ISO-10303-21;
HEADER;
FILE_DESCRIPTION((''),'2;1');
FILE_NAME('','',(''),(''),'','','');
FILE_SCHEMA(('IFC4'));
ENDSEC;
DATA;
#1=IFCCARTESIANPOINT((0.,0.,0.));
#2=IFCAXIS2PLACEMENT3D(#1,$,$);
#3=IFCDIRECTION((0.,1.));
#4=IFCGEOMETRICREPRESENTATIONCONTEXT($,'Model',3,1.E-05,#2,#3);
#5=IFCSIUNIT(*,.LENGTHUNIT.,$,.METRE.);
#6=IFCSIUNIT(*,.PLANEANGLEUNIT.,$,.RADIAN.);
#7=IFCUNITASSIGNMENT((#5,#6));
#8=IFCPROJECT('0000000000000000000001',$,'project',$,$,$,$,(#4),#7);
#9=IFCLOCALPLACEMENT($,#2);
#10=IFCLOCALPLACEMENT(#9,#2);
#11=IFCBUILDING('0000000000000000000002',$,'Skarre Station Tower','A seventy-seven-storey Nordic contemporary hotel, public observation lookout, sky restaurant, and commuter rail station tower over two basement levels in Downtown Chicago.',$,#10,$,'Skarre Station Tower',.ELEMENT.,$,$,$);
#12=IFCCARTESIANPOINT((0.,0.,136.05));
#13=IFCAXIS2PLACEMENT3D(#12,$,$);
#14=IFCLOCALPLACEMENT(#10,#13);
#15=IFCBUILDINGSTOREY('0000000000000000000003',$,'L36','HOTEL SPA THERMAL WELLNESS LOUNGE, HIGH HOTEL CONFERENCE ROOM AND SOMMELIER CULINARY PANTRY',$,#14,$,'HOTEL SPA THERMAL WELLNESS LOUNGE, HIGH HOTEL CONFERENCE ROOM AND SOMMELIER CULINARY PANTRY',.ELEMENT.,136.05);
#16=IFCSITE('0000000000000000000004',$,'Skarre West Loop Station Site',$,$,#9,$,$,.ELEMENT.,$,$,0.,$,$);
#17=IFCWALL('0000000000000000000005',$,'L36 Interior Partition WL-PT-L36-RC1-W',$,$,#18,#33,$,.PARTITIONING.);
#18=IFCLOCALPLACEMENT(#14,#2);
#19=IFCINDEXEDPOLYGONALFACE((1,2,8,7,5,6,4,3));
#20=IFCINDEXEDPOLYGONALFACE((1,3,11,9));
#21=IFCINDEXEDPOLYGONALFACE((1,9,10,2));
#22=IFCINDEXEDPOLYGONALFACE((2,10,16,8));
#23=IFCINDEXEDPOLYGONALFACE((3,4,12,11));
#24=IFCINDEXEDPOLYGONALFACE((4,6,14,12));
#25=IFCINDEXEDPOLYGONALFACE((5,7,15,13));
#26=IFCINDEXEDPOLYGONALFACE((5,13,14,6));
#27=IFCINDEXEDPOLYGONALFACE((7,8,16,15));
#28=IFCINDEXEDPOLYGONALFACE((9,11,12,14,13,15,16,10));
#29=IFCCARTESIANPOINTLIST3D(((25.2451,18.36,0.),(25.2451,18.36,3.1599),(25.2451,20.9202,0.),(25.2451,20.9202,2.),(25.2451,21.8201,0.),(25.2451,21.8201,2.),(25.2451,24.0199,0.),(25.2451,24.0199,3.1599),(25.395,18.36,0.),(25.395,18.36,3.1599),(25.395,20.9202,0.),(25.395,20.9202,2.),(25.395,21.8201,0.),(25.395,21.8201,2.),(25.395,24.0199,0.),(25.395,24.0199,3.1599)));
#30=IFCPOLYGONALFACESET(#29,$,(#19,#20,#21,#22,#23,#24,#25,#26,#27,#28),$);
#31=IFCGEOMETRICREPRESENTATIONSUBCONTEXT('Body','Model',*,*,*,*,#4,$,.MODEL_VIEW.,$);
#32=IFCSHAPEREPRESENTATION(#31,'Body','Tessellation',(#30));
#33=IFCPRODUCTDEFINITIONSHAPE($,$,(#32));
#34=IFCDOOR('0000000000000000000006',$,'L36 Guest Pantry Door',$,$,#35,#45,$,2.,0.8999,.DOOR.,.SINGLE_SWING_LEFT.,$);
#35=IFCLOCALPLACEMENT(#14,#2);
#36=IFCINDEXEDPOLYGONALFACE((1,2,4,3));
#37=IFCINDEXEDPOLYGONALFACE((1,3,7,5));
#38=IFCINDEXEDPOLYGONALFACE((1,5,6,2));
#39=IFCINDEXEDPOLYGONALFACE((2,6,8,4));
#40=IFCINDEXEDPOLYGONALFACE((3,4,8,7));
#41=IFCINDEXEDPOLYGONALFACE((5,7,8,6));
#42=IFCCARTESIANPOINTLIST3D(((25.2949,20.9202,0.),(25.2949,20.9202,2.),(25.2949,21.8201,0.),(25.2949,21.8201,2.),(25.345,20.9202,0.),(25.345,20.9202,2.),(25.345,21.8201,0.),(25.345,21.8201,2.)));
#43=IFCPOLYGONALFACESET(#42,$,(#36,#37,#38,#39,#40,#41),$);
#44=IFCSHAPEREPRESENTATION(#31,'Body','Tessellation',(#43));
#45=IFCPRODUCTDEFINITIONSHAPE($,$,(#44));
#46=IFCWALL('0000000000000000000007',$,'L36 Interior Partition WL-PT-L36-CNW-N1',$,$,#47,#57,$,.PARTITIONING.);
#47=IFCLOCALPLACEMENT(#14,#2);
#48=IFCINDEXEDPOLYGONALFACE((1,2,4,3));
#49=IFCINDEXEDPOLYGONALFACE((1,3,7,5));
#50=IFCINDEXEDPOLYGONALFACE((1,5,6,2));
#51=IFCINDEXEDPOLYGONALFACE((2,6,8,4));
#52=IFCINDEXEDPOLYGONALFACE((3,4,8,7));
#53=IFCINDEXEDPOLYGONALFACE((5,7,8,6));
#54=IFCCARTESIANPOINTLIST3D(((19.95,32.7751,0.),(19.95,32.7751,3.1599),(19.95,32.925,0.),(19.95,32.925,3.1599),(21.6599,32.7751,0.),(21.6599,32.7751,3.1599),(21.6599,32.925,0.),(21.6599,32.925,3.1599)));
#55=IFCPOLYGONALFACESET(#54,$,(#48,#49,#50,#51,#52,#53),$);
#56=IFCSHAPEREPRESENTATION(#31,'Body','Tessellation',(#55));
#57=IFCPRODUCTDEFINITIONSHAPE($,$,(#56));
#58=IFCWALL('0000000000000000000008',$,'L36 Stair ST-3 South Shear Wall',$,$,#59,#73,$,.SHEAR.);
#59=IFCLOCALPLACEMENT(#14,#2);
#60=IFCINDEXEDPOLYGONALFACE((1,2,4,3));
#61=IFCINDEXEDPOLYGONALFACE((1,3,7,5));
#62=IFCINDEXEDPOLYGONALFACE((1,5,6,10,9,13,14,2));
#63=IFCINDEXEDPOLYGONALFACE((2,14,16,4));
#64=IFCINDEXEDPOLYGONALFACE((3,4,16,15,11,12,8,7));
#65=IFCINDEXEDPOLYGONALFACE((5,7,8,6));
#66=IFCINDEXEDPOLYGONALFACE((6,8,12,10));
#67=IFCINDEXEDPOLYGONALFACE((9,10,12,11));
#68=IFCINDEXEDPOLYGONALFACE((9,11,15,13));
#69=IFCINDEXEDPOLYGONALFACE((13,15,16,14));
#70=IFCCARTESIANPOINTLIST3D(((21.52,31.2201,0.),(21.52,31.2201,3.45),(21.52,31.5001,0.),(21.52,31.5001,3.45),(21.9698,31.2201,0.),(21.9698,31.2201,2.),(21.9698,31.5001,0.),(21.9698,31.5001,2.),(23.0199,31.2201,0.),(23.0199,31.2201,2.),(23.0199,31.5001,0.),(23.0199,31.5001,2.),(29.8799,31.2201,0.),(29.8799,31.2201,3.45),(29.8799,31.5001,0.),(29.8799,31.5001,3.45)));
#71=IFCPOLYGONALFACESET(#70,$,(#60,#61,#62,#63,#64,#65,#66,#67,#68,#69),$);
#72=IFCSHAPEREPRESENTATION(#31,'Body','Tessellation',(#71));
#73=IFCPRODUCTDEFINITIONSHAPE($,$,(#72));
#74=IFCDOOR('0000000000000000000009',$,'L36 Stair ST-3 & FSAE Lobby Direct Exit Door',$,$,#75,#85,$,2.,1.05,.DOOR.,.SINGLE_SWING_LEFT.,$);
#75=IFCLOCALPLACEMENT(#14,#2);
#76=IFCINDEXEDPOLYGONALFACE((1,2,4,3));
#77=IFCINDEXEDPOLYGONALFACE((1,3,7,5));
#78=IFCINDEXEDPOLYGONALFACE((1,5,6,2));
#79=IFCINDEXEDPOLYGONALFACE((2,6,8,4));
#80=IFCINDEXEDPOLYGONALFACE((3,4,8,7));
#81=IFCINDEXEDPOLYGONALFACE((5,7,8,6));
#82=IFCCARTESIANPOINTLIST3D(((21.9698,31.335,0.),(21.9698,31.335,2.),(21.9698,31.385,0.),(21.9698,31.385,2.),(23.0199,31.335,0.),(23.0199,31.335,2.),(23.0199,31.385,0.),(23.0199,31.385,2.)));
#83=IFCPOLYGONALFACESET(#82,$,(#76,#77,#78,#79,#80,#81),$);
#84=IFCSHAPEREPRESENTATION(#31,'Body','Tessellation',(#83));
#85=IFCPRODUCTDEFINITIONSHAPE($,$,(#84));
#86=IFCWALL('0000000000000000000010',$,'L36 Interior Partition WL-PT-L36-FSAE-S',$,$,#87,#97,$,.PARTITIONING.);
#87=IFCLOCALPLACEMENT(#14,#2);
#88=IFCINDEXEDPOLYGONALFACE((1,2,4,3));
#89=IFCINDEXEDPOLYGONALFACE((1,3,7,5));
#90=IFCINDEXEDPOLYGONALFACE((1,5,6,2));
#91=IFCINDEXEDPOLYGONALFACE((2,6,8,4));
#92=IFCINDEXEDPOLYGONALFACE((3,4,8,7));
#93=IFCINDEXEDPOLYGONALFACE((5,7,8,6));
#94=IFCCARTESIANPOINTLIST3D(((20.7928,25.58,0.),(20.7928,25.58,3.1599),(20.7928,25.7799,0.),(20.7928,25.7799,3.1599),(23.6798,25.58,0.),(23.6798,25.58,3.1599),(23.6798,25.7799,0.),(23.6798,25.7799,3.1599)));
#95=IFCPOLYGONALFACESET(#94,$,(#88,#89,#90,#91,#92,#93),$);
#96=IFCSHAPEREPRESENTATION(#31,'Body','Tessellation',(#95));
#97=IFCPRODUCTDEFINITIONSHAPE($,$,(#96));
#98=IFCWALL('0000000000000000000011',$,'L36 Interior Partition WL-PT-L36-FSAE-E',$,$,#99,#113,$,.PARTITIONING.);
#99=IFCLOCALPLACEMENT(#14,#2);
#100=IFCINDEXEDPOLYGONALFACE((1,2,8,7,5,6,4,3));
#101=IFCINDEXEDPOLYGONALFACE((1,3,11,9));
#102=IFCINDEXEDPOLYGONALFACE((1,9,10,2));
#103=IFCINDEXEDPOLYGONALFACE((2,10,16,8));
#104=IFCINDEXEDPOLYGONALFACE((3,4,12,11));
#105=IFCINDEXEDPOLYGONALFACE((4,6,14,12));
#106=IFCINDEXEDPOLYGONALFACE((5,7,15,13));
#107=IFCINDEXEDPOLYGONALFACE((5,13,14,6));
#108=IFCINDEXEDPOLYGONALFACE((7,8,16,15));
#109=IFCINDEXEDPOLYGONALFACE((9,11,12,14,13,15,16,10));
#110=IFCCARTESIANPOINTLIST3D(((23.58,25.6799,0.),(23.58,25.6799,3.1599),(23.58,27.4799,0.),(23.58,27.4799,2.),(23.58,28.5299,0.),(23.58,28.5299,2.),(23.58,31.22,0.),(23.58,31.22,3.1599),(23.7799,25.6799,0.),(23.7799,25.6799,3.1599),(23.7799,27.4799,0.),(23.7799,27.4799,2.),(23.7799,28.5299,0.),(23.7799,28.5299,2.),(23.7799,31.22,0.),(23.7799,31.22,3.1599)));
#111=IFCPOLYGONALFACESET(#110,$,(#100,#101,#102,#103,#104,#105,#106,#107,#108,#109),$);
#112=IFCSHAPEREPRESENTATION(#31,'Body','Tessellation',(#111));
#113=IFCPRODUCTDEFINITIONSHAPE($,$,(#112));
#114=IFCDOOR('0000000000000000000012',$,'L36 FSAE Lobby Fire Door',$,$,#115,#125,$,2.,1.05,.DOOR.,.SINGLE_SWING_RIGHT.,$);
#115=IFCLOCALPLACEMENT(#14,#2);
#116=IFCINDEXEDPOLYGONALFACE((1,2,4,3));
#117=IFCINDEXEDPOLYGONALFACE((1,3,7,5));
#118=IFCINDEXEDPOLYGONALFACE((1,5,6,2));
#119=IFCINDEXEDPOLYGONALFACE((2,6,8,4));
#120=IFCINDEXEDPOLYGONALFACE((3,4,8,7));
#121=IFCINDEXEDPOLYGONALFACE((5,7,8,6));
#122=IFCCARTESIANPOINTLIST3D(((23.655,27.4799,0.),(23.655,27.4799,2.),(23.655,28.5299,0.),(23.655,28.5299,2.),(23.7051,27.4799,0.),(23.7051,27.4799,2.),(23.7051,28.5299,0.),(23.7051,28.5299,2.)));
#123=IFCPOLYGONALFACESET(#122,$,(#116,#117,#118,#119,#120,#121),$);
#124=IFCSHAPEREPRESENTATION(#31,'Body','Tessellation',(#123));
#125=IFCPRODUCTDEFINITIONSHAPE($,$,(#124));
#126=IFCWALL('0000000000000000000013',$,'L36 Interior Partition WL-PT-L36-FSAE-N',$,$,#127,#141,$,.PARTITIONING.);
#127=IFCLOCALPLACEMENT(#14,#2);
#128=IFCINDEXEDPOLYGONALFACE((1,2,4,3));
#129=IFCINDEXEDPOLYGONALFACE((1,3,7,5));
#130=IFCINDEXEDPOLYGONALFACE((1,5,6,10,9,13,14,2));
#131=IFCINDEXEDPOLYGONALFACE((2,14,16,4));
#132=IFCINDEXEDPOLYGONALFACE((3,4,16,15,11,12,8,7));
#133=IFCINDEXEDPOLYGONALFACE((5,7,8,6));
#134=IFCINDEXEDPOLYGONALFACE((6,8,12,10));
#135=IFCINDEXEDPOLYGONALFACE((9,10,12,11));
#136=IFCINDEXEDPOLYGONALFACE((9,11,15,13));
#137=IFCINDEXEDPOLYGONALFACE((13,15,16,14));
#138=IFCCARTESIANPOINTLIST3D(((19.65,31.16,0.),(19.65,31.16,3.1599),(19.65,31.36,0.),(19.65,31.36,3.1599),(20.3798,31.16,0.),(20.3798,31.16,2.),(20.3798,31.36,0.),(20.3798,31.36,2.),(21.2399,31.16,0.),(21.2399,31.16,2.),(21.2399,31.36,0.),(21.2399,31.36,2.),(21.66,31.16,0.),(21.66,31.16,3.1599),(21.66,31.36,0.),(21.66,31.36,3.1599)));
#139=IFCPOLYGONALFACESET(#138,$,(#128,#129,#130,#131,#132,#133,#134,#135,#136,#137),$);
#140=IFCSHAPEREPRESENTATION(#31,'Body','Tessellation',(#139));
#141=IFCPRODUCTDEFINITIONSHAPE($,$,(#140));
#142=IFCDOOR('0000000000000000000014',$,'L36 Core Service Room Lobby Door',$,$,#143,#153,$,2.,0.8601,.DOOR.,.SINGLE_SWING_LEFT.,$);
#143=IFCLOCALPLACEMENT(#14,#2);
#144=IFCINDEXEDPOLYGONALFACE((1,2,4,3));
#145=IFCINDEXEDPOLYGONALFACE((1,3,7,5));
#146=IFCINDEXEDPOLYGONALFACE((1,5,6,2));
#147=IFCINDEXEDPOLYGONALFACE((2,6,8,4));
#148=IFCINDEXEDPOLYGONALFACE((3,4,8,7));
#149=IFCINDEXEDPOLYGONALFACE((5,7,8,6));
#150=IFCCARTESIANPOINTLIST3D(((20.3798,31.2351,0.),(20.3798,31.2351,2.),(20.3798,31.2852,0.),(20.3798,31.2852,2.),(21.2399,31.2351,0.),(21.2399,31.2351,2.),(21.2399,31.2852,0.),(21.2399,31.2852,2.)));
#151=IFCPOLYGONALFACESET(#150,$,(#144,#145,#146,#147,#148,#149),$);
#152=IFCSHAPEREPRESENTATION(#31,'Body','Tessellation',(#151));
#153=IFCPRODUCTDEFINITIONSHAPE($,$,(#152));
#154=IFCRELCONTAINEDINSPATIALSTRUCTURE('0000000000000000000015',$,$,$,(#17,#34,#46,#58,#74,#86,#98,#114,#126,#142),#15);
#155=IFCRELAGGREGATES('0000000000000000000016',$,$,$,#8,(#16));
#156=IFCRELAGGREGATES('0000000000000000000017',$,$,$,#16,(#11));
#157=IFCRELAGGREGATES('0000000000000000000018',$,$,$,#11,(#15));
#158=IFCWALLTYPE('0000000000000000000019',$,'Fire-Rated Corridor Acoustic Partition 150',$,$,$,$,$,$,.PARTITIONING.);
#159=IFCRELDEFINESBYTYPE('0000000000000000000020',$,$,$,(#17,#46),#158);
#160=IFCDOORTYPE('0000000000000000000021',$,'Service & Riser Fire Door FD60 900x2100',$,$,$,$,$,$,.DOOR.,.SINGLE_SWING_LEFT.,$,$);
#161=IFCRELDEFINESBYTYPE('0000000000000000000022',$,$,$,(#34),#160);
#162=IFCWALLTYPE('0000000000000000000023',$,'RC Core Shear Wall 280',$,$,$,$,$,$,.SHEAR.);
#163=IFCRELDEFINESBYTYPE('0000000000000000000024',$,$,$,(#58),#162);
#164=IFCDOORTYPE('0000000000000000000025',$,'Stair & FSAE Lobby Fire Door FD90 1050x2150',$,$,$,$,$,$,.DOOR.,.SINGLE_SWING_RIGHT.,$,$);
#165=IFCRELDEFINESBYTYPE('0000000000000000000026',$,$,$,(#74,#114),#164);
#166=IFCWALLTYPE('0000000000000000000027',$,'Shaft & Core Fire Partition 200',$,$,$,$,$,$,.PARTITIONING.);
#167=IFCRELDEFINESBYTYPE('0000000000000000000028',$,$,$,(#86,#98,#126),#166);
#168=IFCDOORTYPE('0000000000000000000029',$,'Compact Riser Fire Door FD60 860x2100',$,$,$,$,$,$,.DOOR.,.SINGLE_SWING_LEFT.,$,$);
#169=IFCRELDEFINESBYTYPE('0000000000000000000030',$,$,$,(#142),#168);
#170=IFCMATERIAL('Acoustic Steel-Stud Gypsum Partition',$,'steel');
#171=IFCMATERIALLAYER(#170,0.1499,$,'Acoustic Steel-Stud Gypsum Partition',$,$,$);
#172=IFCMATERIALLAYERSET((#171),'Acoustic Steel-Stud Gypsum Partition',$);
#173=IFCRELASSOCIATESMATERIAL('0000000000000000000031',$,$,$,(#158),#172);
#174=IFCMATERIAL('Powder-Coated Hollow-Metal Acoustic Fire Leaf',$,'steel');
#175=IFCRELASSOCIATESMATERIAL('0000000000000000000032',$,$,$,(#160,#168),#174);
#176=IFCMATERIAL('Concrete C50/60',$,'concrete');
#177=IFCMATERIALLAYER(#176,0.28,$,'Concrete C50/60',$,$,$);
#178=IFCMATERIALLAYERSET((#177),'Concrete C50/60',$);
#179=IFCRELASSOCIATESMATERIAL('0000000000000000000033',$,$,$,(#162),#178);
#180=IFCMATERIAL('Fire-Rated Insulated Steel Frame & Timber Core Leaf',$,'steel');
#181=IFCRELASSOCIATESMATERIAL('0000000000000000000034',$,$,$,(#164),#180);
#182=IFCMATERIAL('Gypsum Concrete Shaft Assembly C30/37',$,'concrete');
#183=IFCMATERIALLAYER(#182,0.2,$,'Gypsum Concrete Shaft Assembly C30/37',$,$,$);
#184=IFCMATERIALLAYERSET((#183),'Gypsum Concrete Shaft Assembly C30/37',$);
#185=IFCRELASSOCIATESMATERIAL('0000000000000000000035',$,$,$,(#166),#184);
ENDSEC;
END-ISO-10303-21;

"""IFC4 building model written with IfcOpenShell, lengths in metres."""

from ifc_helpers import new_model, si_unit, direction, frame, frame_2d, origin, place, context, subcontext, project, spatial, rectangle, extrude, material, layer, layer_set, type_object, element, fill, save


model = new_model("IFC4")

# Units and contexts
model_context = context("Model", 3, precision=1e-05, world=origin(), true_north=direction((0.0, 1.0)))
body_context = subcontext(model_context, "Body", "Model", "MODEL_VIEW")
ifc_project = project(units=[si_unit("LENGTHUNIT", "METRE"), si_unit("PLANEANGLEUNIT", "RADIAN")], contexts=[model_context])

# Site, building, storey
site_placement = place(None, origin())
site = spatial("IfcSite", under=ifc_project, at=site_placement, Name="Skarre West Loop Station Site", CompositionType="ELEMENT", RefElevation=0.0)
building_placement = place(site_placement, origin())
building = spatial("IfcBuilding", under=site, at=building_placement, Name="Skarre Station Tower", Description="A seventy-seven-storey Nordic contemporary hotel, public observation lookout, sky restaurant, and commuter rail station tower over two basement levels in Downtown Chicago.", LongName="Skarre Station Tower", CompositionType="ELEMENT")
storey_placement = place(building_placement, frame((0.0, 0.0, 136.05)))
storey = spatial("IfcBuildingStorey", under=building, at=storey_placement, Name="L36", Description="HOTEL SPA THERMAL WELLNESS LOUNGE, HIGH HOTEL CONFERENCE ROOM AND SOMMELIER CULINARY PANTRY", LongName="HOTEL SPA THERMAL WELLNESS LOUNGE, HIGH HOTEL CONFERENCE ROOM AND SOMMELIER CULINARY PANTRY", CompositionType="ELEMENT", Elevation=136.05)

# Wall, opening, door
ifc_material_1 = material(Name="Acoustic Steel-Stud Gypsum Partition", Category="steel")
ifc_layer_1 = layer(ifc_material_1, 0.1499, Name="Acoustic Steel-Stud Gypsum Partition")
ifc_layer_set_1 = layer_set([ifc_layer_1], Name="Acoustic Steel-Stud Gypsum Partition")
wall_type_1 = type_object("IfcWallType", Name="Fire-Rated Corridor Acoustic Partition 150", PredefinedType="PARTITIONING", material=ifc_layer_set_1)
wall_1_placement = place(storey_placement, frame((25.3201, 24.02, 0.0), z_axis=(0.0, 0.0, 1.0), x_axis=(0.0, -1.0, 0.0)))
wall_1 = element("IfcWall", 1, at=wall_1_placement, inside=storey, type_object=wall_type_1, Name="L36 Interior Partition WL-PT-L36-RC1-W", PredefinedType="PARTITIONING", context=body_context, shape_type="SweptSolid", body=[
    extrude(rectangle(XDim=5.6599, YDim=0.1499, at=frame_2d((2.8301, 0.0))), origin(), (0.0, 0.0, 1.0), 3.1599),
])
opening_1_placement = place(wall_1_placement, frame((2.2, 0.0, 0.0)))
opening_1 = element("IfcOpeningElement", 2, at=opening_1_placement, cuts=wall_1, PredefinedType="OPENING", context=body_context, shape_type="SweptSolid", body=[
    extrude(rectangle(XDim=0.8999, YDim=2.0, at=frame_2d((0.45, 1.0))), frame((0.0, 0.085, 0.0), z_axis=(0.0, -1.0, 0.0), x_axis=(1.0, 0.0, 0.0)), (0.0, 0.0, 1.0), 0.1699),
])
ifc_material_2 = material(Name="Powder-Coated Hollow-Metal Acoustic Fire Leaf", Category="steel")
door_type_1 = type_object("IfcDoorType", Name="Service & Riser Fire Door FD60 900x2100", OperationType="SINGLE_SWING_LEFT", PredefinedType="DOOR", material=ifc_material_2)
door_1_placement = place(opening_1_placement, origin())
door_1 = element("IfcDoor", 3, at=door_1_placement, inside=storey, type_object=door_type_1, Name="L36 Guest Pantry Door", OperationType="SINGLE_SWING_LEFT", OverallHeight=2.0, OverallWidth=0.8999, PredefinedType="DOOR", context=body_context, shape_type="SweptSolid", body=[
    extrude(rectangle(XDim=0.8999, YDim=2.0, at=frame_2d((0.45, 1.0))), frame((0.0, 0.0249, 0.0), z_axis=(0.0, -1.0, 0.0), x_axis=(1.0, 0.0, 0.0)), (0.0, 0.0, 1.0), 0.05),
])
fill(opening_1, door_1)

# Wall
wall_2_placement = place(storey_placement, frame((21.6599, 32.8501, 0.0), z_axis=(0.0, 0.0, 1.0), x_axis=(-1.0, 0.0, 0.0)))
element("IfcWall", 4, at=wall_2_placement, inside=storey, type_object=wall_type_1, Name="L36 Interior Partition WL-PT-L36-CNW-N1", PredefinedType="PARTITIONING", context=body_context, shape_type="SweptSolid", body=[
    extrude(rectangle(XDim=1.71, YDim=0.1499, at=frame_2d((0.855, 0.0))), origin(), (0.0, 0.0, 1.0), 3.1599),
])

# Wall, opening, door
ifc_material_3 = material(Name="Concrete C50/60", Category="concrete")
ifc_layer_2 = layer(ifc_material_3, 0.28, Name="Concrete C50/60")
ifc_layer_set_2 = layer_set([ifc_layer_2], Name="Concrete C50/60")
wall_type_2 = type_object("IfcWallType", Name="RC Core Shear Wall 280", PredefinedType="SHEAR", material=ifc_layer_set_2)
wall_3_placement = place(storey_placement, frame((21.52, 31.3601, 0.0), z_axis=(0.0, 0.0, 1.0), x_axis=(1.0, 0.0, 0.0)))
wall_3 = element("IfcWall", 5, at=wall_3_placement, inside=storey, type_object=wall_type_2, Name="L36 Stair ST-3 South Shear Wall", PredefinedType="SHEAR", context=body_context, shape_type="SweptSolid", body=[
    extrude(rectangle(XDim=8.3599, YDim=0.28, at=frame_2d((4.1799, 0.0))), origin(), (0.0, 0.0, 1.0), 3.45),
])
opening_2_placement = place(wall_3_placement, frame((0.45, 0.0, 0.0)))
opening_2 = element("IfcOpeningElement", 6, at=opening_2_placement, cuts=wall_3, PredefinedType="OPENING", context=body_context, shape_type="SweptSolid", body=[
    extrude(rectangle(XDim=1.05, YDim=2.0, at=frame_2d((0.5249, 1.0))), frame((0.0, 0.1499, 0.0), z_axis=(0.0, -1.0, 0.0), x_axis=(1.0, 0.0, 0.0)), (0.0, 0.0, 1.0), 0.3),
])
ifc_material_4 = material(Name="Fire-Rated Insulated Steel Frame & Timber Core Leaf", Category="steel")
door_type_2 = type_object("IfcDoorType", Name="Stair & FSAE Lobby Fire Door FD90 1050x2150", OperationType="SINGLE_SWING_RIGHT", PredefinedType="DOOR", material=ifc_material_4)
door_2_placement = place(opening_2_placement, origin())
door_2 = element("IfcDoor", 7, at=door_2_placement, inside=storey, type_object=door_type_2, Name="L36 Stair ST-3 & FSAE Lobby Direct Exit Door", OperationType="SINGLE_SWING_LEFT", OverallHeight=2.0, OverallWidth=1.05, PredefinedType="DOOR", context=body_context, shape_type="SweptSolid", body=[
    extrude(rectangle(XDim=1.05, YDim=2.0, at=frame_2d((0.5249, 1.0))), frame((0.0, 0.0249, 0.0), z_axis=(0.0, -1.0, 0.0), x_axis=(1.0, 0.0, 0.0)), (0.0, 0.0, 1.0), 0.05),
])
fill(opening_2, door_2)

# Wall
ifc_material_5 = material(Name="Gypsum Concrete Shaft Assembly C30/37", Category="concrete")
ifc_layer_3 = layer(ifc_material_5, 0.2, Name="Gypsum Concrete Shaft Assembly C30/37")
ifc_layer_set_3 = layer_set([ifc_layer_3], Name="Gypsum Concrete Shaft Assembly C30/37")
wall_type_3 = type_object("IfcWallType", Name="Shaft & Core Fire Partition 200", PredefinedType="PARTITIONING", material=ifc_layer_set_3)
wall_4_placement = place(storey_placement, frame((20.793, 25.6799, 0.0), z_axis=(0.0, 0.0, 1.0), x_axis=(1.0, 0.0, 0.0)))
element("IfcWall", 8, at=wall_4_placement, inside=storey, type_object=wall_type_3, Name="L36 Interior Partition WL-PT-L36-FSAE-S", PredefinedType="PARTITIONING", context=body_context, shape_type="SweptSolid", body=[
    extrude(rectangle(XDim=2.887, YDim=0.2, at=frame_2d((1.4434, 0.0))), origin(), (0.0, 0.0, 1.0), 3.1599),
])

# Walls, openings, doors
wall_5_placement = place(storey_placement, frame((23.6799, 25.6799, 0.0), z_axis=(0.0, 0.0, 1.0), x_axis=(0.0, 1.0, 0.0)))
wall_5 = element("IfcWall", 9, at=wall_5_placement, inside=storey, type_object=wall_type_3, Name="L36 Interior Partition WL-PT-L36-FSAE-E", PredefinedType="PARTITIONING", context=body_context, shape_type="SweptSolid", body=[
    extrude(rectangle(XDim=5.54, YDim=0.2, at=frame_2d((2.77, 0.0))), origin(), (0.0, 0.0, 1.0), 3.1599),
])
opening_3_placement = place(wall_5_placement, frame((1.8, 0.0, 0.0)))
opening_3 = element("IfcOpeningElement", 10, at=opening_3_placement, cuts=wall_5, PredefinedType="OPENING", context=body_context, shape_type="SweptSolid", body=[
    extrude(rectangle(XDim=1.05, YDim=2.0, at=frame_2d((0.5249, 1.0))), frame((0.0, 0.1099, 0.0), z_axis=(0.0, -1.0, 0.0), x_axis=(1.0, 0.0, 0.0)), (0.0, 0.0, 1.0), 0.22),
])
door_3_placement = place(opening_3_placement, origin())
door_3 = element("IfcDoor", 11, at=door_3_placement, inside=storey, type_object=door_type_2, Name="L36 FSAE Lobby Fire Door", OperationType="SINGLE_SWING_RIGHT", OverallHeight=2.0, OverallWidth=1.05, PredefinedType="DOOR", context=body_context, shape_type="SweptSolid", body=[
    extrude(rectangle(XDim=1.05, YDim=2.0, at=frame_2d((0.5249, 1.0))), frame((0.0, 0.0249, 0.0), z_axis=(0.0, -1.0, 0.0), x_axis=(1.0, 0.0, 0.0)), (0.0, 0.0, 1.0), 0.05),
])
fill(opening_3, door_3)
wall_6_placement = place(storey_placement, frame((21.6599, 31.26, 0.0), z_axis=(0.0, 0.0, 1.0), x_axis=(-1.0, 0.0, 0.0)))
wall_6 = element("IfcWall", 12, at=wall_6_placement, inside=storey, type_object=wall_type_3, Name="L36 Interior Partition WL-PT-L36-FSAE-N", PredefinedType="PARTITIONING", context=body_context, shape_type="SweptSolid", body=[
    extrude(rectangle(XDim=2.01, YDim=0.2, at=frame_2d((1.0049, 0.0))), origin(), (0.0, 0.0, 1.0), 3.1599),
])
opening_4_placement = place(wall_6_placement, frame((0.4199, 0.0, 0.0)))
opening_4 = element("IfcOpeningElement", 13, at=opening_4_placement, cuts=wall_6, PredefinedType="OPENING", context=body_context, shape_type="SweptSolid", body=[
    extrude(rectangle(XDim=0.8601, YDim=2.0, at=frame_2d((0.4302, 1.0))), frame((0.0, 0.1099, 0.0), z_axis=(0.0, -1.0, 0.0), x_axis=(1.0, 0.0, 0.0)), (0.0, 0.0, 1.0), 0.22),
])
door_type_3 = type_object("IfcDoorType", Name="Compact Riser Fire Door FD60 860x2100", OperationType="SINGLE_SWING_LEFT", PredefinedType="DOOR", material=ifc_material_2)
door_4_placement = place(opening_4_placement, origin())
door_4 = element("IfcDoor", 14, at=door_4_placement, inside=storey, type_object=door_type_3, Name="L36 Core Service Room Lobby Door", OperationType="SINGLE_SWING_LEFT", OverallHeight=2.0, OverallWidth=0.8601, PredefinedType="DOOR", context=body_context, shape_type="SweptSolid", body=[
    extrude(rectangle(XDim=0.8601, YDim=2.0, at=frame_2d((0.4302, 1.0))), frame((0.0, 0.0249, 0.0), z_axis=(0.0, -1.0, 0.0), x_axis=(1.0, 0.0, 0.0)), (0.0, 0.0, 1.0), 0.05),
])
fill(opening_4, door_4)

save(model, "model.ifc")
